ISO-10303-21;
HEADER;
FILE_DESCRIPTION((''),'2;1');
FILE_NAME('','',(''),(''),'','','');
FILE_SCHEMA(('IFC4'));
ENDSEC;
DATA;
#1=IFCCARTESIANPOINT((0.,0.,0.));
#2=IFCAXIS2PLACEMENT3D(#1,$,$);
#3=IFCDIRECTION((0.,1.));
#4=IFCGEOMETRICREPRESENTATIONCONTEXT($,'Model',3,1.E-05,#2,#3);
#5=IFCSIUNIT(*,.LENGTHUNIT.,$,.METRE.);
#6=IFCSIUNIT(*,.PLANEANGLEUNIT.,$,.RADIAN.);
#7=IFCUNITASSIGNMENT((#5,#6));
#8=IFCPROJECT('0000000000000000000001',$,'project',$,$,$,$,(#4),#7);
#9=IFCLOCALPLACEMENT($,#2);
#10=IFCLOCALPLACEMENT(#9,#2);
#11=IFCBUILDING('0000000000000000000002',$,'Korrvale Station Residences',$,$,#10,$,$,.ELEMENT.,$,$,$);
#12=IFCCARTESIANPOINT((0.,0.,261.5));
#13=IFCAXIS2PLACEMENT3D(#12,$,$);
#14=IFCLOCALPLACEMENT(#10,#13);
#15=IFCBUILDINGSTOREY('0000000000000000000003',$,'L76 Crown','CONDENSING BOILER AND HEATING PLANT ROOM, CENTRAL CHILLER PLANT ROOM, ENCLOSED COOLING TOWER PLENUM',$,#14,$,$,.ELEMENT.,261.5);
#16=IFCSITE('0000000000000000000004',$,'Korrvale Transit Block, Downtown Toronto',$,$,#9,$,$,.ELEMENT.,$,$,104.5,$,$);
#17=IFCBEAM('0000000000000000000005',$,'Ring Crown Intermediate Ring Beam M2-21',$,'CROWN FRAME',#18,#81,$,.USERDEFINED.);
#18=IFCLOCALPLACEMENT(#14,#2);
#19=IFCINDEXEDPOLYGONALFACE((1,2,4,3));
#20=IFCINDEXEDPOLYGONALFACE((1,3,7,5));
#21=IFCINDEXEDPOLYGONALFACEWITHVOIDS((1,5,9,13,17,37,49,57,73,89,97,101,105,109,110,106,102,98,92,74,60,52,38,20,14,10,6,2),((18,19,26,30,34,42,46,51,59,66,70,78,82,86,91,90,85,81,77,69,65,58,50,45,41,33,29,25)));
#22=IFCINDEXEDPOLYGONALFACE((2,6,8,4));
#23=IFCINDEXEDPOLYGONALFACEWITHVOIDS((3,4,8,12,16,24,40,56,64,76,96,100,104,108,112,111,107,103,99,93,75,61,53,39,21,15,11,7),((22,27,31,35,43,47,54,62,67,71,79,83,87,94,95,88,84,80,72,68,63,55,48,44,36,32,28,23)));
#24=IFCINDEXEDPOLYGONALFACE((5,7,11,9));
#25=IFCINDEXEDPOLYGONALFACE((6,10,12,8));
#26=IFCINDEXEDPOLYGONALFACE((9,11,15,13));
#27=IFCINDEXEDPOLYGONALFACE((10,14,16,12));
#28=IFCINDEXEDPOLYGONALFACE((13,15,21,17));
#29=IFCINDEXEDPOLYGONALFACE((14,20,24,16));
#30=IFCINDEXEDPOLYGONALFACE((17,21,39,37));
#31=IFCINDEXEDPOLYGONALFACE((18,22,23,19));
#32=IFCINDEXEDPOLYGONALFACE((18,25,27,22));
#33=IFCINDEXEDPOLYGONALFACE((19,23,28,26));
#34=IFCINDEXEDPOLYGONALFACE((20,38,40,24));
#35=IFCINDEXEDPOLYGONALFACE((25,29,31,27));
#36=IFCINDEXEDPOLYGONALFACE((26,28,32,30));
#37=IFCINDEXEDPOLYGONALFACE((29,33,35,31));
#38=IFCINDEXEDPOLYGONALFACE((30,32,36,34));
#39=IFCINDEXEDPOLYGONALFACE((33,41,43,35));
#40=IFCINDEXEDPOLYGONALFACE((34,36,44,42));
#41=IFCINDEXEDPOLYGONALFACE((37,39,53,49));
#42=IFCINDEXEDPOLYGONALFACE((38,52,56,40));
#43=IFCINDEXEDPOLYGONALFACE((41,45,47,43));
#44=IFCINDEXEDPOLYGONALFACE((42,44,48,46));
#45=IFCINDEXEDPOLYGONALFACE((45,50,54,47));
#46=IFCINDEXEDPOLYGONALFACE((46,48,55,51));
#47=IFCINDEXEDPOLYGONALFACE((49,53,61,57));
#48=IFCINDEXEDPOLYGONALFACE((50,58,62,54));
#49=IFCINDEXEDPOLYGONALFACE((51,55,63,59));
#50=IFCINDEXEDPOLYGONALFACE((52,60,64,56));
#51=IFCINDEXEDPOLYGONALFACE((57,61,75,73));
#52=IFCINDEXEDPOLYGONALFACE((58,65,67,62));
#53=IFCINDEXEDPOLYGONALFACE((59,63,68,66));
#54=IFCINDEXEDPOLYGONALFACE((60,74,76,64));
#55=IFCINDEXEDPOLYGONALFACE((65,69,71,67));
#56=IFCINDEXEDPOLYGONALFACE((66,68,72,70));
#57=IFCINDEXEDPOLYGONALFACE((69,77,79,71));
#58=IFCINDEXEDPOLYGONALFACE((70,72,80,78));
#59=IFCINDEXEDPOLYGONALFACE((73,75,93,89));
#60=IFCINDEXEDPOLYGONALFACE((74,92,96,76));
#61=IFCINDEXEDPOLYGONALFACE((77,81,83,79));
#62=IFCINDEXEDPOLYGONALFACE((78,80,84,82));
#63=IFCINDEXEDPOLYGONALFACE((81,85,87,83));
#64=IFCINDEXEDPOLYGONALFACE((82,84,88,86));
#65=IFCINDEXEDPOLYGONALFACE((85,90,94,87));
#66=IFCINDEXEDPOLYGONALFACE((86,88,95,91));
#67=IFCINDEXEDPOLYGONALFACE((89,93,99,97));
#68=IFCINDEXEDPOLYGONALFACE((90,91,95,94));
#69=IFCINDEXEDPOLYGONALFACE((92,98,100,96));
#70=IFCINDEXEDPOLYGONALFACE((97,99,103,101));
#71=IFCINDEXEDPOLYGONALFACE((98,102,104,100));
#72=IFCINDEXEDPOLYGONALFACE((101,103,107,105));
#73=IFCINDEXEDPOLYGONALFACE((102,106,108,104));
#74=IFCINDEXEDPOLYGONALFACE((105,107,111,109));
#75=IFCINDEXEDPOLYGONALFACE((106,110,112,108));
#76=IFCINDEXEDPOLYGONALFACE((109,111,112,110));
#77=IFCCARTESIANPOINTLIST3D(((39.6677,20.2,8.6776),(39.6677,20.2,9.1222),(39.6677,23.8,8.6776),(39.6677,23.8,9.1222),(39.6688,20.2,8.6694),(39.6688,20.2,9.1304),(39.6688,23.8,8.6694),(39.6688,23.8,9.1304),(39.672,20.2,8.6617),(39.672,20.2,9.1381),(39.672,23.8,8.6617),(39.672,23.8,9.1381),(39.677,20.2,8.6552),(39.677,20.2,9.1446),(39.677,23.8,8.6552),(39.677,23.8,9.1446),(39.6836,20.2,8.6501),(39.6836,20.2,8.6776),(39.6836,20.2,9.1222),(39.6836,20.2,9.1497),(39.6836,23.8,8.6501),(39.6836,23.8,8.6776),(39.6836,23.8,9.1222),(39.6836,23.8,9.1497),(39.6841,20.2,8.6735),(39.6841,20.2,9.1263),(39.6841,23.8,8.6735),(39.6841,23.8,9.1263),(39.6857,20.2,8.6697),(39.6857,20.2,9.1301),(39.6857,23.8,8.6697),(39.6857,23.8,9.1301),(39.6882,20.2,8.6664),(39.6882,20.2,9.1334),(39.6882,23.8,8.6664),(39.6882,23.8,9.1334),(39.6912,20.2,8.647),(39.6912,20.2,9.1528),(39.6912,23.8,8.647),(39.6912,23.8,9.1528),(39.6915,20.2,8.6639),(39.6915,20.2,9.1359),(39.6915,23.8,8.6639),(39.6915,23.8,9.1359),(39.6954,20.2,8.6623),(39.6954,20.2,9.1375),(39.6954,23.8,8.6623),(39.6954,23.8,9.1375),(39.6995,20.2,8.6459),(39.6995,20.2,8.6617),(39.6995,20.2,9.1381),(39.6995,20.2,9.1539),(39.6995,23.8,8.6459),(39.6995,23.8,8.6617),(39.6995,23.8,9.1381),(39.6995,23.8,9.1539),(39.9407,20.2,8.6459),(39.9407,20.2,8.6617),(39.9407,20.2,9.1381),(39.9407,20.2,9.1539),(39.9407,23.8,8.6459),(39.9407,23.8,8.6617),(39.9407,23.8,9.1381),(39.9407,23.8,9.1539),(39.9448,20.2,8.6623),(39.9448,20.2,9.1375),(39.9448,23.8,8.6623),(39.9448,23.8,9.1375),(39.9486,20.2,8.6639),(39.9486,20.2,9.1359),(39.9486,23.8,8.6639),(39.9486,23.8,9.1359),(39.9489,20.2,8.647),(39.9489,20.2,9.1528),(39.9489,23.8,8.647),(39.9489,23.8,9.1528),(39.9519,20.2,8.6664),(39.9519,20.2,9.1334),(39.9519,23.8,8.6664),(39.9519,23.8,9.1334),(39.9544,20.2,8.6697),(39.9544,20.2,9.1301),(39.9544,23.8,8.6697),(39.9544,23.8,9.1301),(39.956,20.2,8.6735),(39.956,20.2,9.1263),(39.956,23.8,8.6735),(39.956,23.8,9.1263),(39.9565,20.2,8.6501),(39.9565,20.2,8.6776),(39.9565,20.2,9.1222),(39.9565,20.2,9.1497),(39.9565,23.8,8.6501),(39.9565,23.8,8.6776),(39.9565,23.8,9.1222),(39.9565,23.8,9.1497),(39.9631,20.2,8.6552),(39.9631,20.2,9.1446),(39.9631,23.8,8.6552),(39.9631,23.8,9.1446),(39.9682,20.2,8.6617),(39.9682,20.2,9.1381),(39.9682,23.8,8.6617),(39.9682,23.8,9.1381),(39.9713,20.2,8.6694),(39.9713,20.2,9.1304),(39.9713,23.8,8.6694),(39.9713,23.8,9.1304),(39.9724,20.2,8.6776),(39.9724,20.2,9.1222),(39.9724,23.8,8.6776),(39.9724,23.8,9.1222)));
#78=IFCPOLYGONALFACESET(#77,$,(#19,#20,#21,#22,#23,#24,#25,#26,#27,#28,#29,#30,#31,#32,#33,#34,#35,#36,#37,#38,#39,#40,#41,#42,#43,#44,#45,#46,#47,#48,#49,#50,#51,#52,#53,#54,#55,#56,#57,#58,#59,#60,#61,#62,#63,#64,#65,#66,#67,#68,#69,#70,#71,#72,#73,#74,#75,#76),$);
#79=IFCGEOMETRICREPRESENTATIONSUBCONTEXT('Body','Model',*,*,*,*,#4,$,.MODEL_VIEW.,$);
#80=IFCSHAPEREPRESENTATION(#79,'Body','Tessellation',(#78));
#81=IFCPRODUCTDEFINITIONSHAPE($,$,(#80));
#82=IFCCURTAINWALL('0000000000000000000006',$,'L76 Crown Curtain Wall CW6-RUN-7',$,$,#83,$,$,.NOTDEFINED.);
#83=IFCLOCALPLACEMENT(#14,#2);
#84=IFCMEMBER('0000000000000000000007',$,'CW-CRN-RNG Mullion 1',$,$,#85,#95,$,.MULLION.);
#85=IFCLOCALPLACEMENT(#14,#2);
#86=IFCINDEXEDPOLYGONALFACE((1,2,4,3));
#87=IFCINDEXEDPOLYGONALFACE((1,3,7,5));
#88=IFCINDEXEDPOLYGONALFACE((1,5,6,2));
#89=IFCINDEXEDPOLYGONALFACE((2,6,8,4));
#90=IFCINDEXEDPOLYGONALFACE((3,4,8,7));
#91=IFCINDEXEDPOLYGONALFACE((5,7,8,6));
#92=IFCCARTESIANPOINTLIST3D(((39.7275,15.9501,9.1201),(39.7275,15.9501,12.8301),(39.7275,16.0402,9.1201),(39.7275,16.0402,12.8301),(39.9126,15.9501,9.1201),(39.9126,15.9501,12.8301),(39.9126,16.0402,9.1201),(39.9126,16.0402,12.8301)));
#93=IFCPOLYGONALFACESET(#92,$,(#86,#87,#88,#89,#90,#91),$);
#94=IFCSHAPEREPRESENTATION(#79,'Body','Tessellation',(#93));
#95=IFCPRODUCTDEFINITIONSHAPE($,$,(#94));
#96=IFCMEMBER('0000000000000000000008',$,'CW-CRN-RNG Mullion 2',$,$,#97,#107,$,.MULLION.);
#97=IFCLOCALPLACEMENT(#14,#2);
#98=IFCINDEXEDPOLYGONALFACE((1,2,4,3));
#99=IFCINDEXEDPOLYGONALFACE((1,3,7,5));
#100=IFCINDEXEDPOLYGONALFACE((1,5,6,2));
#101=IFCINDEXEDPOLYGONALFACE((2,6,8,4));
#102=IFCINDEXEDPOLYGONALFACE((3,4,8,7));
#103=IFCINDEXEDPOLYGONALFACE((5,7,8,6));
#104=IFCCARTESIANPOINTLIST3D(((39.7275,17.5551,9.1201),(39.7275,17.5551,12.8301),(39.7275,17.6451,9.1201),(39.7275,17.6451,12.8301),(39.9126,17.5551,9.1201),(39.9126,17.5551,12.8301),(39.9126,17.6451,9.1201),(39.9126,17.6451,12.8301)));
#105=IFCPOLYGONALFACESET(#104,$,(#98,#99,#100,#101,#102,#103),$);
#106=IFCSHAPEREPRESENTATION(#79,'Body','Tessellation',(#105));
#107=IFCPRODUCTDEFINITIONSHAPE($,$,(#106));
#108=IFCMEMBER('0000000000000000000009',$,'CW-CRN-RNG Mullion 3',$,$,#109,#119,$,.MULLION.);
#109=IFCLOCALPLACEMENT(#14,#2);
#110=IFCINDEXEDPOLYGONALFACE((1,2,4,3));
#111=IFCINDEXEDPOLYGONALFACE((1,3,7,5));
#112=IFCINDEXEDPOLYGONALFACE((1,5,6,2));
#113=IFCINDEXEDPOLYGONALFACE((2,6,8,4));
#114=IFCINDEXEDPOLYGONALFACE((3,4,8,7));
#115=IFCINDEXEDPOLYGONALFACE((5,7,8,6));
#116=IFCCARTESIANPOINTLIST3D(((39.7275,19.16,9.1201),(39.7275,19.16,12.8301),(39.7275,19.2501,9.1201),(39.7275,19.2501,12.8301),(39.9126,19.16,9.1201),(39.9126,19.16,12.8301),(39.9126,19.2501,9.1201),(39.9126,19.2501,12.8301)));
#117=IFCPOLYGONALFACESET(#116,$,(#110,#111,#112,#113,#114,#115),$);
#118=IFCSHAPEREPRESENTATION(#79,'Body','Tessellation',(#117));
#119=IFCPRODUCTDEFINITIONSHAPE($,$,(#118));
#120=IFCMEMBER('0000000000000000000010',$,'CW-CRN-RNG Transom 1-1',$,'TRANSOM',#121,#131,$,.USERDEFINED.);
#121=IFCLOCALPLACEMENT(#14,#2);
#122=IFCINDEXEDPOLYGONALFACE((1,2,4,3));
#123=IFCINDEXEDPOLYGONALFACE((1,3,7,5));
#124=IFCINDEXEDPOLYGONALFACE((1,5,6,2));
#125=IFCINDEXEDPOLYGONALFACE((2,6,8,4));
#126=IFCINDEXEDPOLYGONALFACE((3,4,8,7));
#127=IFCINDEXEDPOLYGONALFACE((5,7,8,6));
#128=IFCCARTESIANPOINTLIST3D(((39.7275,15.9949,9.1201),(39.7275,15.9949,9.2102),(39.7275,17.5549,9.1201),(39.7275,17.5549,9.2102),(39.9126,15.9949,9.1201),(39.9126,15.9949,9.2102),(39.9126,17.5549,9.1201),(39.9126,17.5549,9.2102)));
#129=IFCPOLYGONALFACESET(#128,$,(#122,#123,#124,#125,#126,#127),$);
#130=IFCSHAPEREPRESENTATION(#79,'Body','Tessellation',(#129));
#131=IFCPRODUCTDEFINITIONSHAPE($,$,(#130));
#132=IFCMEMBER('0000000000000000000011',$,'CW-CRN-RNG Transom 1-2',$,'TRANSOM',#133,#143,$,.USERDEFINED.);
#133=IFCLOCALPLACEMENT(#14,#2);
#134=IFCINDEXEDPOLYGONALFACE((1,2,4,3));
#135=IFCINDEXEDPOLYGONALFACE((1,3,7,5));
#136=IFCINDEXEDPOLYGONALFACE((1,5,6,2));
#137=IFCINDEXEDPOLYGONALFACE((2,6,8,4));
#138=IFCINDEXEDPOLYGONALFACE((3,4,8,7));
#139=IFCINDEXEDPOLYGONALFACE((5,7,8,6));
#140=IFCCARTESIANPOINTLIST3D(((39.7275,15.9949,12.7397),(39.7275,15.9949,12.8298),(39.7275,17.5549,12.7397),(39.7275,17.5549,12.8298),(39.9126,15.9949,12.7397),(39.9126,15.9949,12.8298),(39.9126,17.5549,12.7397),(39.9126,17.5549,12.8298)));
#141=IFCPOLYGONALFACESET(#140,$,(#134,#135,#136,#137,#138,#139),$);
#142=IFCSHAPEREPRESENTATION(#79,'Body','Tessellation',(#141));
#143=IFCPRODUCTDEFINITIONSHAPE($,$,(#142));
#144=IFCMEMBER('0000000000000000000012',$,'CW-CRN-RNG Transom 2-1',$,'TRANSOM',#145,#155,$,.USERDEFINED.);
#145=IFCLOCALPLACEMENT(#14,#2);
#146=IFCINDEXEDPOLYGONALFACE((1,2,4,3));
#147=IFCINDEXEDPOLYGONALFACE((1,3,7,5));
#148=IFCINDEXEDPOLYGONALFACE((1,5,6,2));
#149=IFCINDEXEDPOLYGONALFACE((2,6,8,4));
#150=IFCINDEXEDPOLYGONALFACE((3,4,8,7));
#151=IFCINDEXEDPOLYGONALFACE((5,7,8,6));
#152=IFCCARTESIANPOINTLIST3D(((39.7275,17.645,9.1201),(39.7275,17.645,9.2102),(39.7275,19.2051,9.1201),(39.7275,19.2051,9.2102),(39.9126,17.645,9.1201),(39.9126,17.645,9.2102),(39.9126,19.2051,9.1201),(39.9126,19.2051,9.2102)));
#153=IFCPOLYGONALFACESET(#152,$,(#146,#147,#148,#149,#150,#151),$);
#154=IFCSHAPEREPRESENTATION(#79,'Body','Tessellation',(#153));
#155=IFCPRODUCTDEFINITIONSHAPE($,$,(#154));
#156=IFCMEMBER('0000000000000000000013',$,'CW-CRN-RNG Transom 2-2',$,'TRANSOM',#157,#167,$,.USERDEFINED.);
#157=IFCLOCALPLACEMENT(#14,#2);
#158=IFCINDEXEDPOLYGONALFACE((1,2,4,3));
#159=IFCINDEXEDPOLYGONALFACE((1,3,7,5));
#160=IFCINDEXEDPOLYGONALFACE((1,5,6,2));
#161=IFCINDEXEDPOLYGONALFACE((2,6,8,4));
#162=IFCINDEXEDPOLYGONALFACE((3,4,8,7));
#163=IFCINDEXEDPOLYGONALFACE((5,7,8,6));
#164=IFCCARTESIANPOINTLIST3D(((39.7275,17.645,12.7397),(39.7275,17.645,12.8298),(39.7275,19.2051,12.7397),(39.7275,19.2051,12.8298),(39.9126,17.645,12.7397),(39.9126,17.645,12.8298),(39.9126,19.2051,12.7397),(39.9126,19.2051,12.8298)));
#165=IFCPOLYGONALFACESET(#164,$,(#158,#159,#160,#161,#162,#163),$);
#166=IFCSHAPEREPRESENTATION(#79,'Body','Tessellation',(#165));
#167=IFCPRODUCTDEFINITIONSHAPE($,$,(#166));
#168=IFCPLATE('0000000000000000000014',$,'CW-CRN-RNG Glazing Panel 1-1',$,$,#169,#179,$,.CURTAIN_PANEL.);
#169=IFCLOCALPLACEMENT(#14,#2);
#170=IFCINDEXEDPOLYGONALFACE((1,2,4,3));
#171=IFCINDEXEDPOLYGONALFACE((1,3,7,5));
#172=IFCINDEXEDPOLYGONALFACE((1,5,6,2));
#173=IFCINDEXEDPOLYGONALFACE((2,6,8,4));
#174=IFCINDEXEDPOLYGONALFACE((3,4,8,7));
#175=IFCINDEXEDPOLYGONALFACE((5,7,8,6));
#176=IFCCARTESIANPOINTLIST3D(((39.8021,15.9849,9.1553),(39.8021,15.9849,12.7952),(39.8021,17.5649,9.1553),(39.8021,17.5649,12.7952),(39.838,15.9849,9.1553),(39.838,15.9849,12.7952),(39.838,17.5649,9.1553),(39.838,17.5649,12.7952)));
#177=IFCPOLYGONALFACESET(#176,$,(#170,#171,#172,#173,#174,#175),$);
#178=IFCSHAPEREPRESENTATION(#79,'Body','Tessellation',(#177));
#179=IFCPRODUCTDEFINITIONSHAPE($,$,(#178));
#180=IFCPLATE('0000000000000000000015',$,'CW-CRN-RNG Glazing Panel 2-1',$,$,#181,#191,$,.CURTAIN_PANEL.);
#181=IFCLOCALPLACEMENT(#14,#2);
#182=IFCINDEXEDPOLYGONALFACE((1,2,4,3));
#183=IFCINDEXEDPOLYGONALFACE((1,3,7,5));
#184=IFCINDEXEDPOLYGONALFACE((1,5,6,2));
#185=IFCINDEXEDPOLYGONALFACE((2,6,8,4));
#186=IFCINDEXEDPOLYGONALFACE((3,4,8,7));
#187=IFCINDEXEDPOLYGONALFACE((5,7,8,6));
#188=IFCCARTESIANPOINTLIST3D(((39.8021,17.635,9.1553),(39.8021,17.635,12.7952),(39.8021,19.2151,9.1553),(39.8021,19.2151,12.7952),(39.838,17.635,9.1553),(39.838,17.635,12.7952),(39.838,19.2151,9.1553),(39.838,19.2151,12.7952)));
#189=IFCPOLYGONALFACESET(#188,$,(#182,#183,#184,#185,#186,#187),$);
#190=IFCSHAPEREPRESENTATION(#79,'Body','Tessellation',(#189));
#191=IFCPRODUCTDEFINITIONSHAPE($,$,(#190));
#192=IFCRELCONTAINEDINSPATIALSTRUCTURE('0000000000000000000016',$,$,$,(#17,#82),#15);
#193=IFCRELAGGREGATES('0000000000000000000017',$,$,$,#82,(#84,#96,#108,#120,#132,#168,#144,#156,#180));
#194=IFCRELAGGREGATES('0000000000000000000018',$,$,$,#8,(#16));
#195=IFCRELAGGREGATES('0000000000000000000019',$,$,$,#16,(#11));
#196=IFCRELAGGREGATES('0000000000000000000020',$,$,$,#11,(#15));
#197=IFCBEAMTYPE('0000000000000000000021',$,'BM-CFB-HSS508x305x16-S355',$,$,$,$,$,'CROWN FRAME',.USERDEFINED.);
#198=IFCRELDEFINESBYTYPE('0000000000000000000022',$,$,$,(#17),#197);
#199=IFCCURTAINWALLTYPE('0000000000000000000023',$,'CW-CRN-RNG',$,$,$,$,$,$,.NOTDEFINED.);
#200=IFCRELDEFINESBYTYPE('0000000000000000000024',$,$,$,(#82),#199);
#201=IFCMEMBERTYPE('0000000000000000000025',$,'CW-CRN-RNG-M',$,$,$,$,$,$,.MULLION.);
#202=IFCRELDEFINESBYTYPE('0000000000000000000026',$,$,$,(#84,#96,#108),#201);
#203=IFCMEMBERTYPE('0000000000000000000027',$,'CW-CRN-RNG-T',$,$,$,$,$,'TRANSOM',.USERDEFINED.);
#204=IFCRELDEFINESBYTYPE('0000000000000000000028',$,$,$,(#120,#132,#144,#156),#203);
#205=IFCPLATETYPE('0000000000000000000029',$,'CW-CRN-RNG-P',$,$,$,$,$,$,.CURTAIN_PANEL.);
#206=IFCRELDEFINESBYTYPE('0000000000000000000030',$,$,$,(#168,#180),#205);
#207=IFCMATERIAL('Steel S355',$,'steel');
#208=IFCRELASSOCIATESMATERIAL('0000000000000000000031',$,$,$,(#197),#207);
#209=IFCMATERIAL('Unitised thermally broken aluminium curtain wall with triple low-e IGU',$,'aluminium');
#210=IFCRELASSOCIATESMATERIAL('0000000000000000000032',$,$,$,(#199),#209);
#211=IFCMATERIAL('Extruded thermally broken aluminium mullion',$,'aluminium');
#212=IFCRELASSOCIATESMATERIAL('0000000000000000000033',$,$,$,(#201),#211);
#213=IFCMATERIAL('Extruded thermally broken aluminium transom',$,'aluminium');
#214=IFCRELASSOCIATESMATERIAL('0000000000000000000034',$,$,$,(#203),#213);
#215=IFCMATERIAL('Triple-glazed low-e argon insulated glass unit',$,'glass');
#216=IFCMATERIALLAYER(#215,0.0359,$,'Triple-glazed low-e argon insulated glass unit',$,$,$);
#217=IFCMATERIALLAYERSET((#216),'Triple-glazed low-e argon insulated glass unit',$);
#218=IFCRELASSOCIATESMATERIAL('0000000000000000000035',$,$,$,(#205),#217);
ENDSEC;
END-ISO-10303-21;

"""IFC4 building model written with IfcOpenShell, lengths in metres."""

from ifc_helpers import new_model, si_unit, direction, frame, origin, origin_2d, place, context, subcontext, project, spatial, rectangle, hollow_rectangle, extrude, material, layer, layer_set, material_profile, profile_set, type_object, element, aggregate, save


model = new_model("IFC4")

# Units and contexts
model_context = context("Model", 3, precision=1e-05, world=origin(), true_north=direction((0.0, 1.0)))
body_context = subcontext(model_context, "Body", "Model", "MODEL_VIEW")
ifc_project = project(units=[si_unit("LENGTHUNIT", "METRE"), si_unit("PLANEANGLEUNIT", "RADIAN")], contexts=[model_context])

# Site, building, storey
site_placement = place(None, origin())
site = spatial("IfcSite", under=ifc_project, at=site_placement, Name="Korrvale Transit Block, Downtown Toronto", CompositionType="ELEMENT", RefElevation=104.5)
building_placement = place(site_placement, origin())
building = spatial("IfcBuilding", under=site, at=building_placement, Name="Korrvale Station Residences", CompositionType="ELEMENT")
storey_placement = place(building_placement, frame((0.0, 0.0, 261.5)))
storey = spatial("IfcBuildingStorey", under=building, at=storey_placement, Name="L76 Crown", Description="CONDENSING BOILER AND HEATING PLANT ROOM, CENTRAL CHILLER PLANT ROOM, ENCLOSED COOLING TOWER PLENUM", CompositionType="ELEMENT", Elevation=261.5)

# Shared definitions
ifc_material_1 = material(Name="Steel S355", Category="steel")

# Beam
ifc_material_profile_1 = material_profile(ifc_material_1, hollow_rectangle(XDim=0.3047, YDim=0.5081, WallThickness=0.0159, InnerFilletRadius=0.0159, OuterFilletRadius=0.0317, at=origin_2d()), Name="HSS508x305x16")
ifc_profile_set_1 = profile_set([ifc_material_profile_1], Name="Steel S355")
beam_type = type_object("IfcBeamType", Name="BM-CFB-HSS508x305x16-S355", ElementType="CROWN FRAME", PredefinedType="USERDEFINED", material=ifc_profile_set_1)
for number, where, z_axis, x_axis, name in (
    (1, (39.8201, 20.2, 8.8999), (0.0, 1.0, 0.0), (-1.0, 0.0, 0.0), "Ring Crown Intermediate Ring Beam M2-21"),
):
    element("IfcBeam", number, at=place(storey_placement, frame(where, z_axis=z_axis, x_axis=x_axis)), inside=storey, type_object=beam_type, Name=name, ObjectType="CROWN FRAME", PredefinedType="USERDEFINED", context=body_context, shape_type="SweptSolid", body=[
        extrude(hollow_rectangle(XDim=0.3047, YDim=0.5081, WallThickness=0.0159, InnerFilletRadius=0.0159, OuterFilletRadius=0.0317, at=origin_2d()), origin(), (0.0, 0.0, 1.0), 3.6001),
    ])

# Curtain wall, members, plates
ifc_material_2 = material(Name="Unitised thermally broken aluminium curtain wall with triple low-e IGU", Category="aluminium")
curtain_wall_type = type_object("IfcCurtainWallType", Name="CW-CRN-RNG", PredefinedType="NOTDEFINED", material=ifc_material_2)
curtain_wall_placement = place(storey_placement, origin())
curtain_wall = element("IfcCurtainWall", 2, at=curtain_wall_placement, inside=storey, type_object=curtain_wall_type, Name="L76 Crown Curtain Wall CW6-RUN-7", PredefinedType="NOTDEFINED")
ifc_material_3 = material(Name="Extruded thermally broken aluminium mullion", Category="aluminium")
member_type_1 = type_object("IfcMemberType", Name="CW-CRN-RNG-M", PredefinedType="MULLION", material=ifc_material_3)
member_1_placement = place(storey_placement, frame((39.8201, 15.9951, 9.1201), z_axis=(0.0, 0.0, 1.0), x_axis=(0.0, 1.0, 0.0)))
member_1 = element("IfcMember", 3, at=member_1_placement, type_object=member_type_1, Name="CW-CRN-RNG Mullion 1", PredefinedType="MULLION", context=body_context, shape_type="SweptSolid", body=[
    extrude(rectangle(XDim=0.0901, YDim=0.1851, at=origin_2d()), origin(), (0.0, 0.0, 1.0), 3.71),
])
member_2_placement = place(storey_placement, frame((39.8201, 17.6001, 9.1201), z_axis=(0.0, 0.0, 1.0), x_axis=(0.0, 1.0, 0.0)))
member_2 = element("IfcMember", 4, at=member_2_placement, type_object=member_type_1, Name="CW-CRN-RNG Mullion 2", PredefinedType="MULLION", context=body_context, shape_type="SweptSolid", body=[
    extrude(rectangle(XDim=0.0901, YDim=0.1851, at=origin_2d()), origin(), (0.0, 0.0, 1.0), 3.71),
])
member_3_placement = place(storey_placement, frame((39.8201, 19.2051, 9.1201), z_axis=(0.0, 0.0, 1.0), x_axis=(0.0, 1.0, 0.0)))
member_3 = element("IfcMember", 5, at=member_3_placement, type_object=member_type_1, Name="CW-CRN-RNG Mullion 3", PredefinedType="MULLION", context=body_context, shape_type="SweptSolid", body=[
    extrude(rectangle(XDim=0.0901, YDim=0.1851, at=origin_2d()), origin(), (0.0, 0.0, 1.0), 3.71),
])
ifc_material_4 = material(Name="Extruded thermally broken aluminium transom", Category="aluminium")
member_type_2 = type_object("IfcMemberType", Name="CW-CRN-RNG-T", ElementType="TRANSOM", PredefinedType="USERDEFINED", material=ifc_material_4)
member_4_placement = place(storey_placement, frame((39.8201, 16.7749, 9.1201), z_axis=(0.0, 0.0, 1.0), x_axis=(0.0, 1.0, 0.0)))
member_4 = element("IfcMember", 6, at=member_4_placement, type_object=member_type_2, Name="CW-CRN-RNG Transom 1-1", ObjectType="TRANSOM", PredefinedType="USERDEFINED", context=body_context, shape_type="SweptSolid", body=[
    extrude(rectangle(XDim=1.5601, YDim=0.1851, at=origin_2d()), origin(), (0.0, 0.0, 1.0), 0.0901),
])
member_5_placement = place(storey_placement, frame((39.8201, 16.7749, 12.7397), z_axis=(0.0, 0.0, 1.0), x_axis=(0.0, 1.0, 0.0)))
member_5 = element("IfcMember", 7, at=member_5_placement, type_object=member_type_2, Name="CW-CRN-RNG Transom 1-2", ObjectType="TRANSOM", PredefinedType="USERDEFINED", context=body_context, shape_type="SweptSolid", body=[
    extrude(rectangle(XDim=1.5601, YDim=0.1851, at=origin_2d()), origin(), (0.0, 0.0, 1.0), 0.0901),
])
member_6_placement = place(storey_placement, frame((39.8201, 18.425, 9.1201), z_axis=(0.0, 0.0, 1.0), x_axis=(0.0, 1.0, 0.0)))
member_6 = element("IfcMember", 8, at=member_6_placement, type_object=member_type_2, Name="CW-CRN-RNG Transom 2-1", ObjectType="TRANSOM", PredefinedType="USERDEFINED", context=body_context, shape_type="SweptSolid", body=[
    extrude(rectangle(XDim=1.5601, YDim=0.1851, at=origin_2d()), origin(), (0.0, 0.0, 1.0), 0.0901),
])
member_7_placement = place(storey_placement, frame((39.8201, 18.425, 12.7397), z_axis=(0.0, 0.0, 1.0), x_axis=(0.0, 1.0, 0.0)))
member_7 = element("IfcMember", 9, at=member_7_placement, type_object=member_type_2, Name="CW-CRN-RNG Transom 2-2", ObjectType="TRANSOM", PredefinedType="USERDEFINED", context=body_context, shape_type="SweptSolid", body=[
    extrude(rectangle(XDim=1.5601, YDim=0.1851, at=origin_2d()), origin(), (0.0, 0.0, 1.0), 0.0901),
])
ifc_material_5 = material(Name="Triple-glazed low-e argon insulated glass unit", Category="glass")
ifc_layer_1 = layer(ifc_material_5, 0.0359, Name="Triple-glazed low-e argon insulated glass unit")
ifc_layer_set_1 = layer_set([ifc_layer_1], Name="Triple-glazed low-e argon insulated glass unit")
plate_type_1 = type_object("IfcPlateType", Name="CW-CRN-RNG-P", PredefinedType="CURTAIN_PANEL", material=ifc_layer_set_1)
plate_1_placement = place(storey_placement, frame((39.8201, 16.7749, 9.1553), z_axis=(0.0, 0.0, 1.0), x_axis=(0.0, 1.0, 0.0)))
plate_1 = element("IfcPlate", 10, at=plate_1_placement, type_object=plate_type_1, Name="CW-CRN-RNG Glazing Panel 1-1", PredefinedType="CURTAIN_PANEL", context=body_context, shape_type="SweptSolid", body=[
    extrude(rectangle(XDim=1.5801, YDim=0.0359, at=origin_2d()), origin(), (0.0, 0.0, 1.0), 3.6399),
])
plate_2_placement = place(storey_placement, frame((39.8201, 18.425, 9.1553), z_axis=(0.0, 0.0, 1.0), x_axis=(0.0, 1.0, 0.0)))
plate_2 = element("IfcPlate", 11, at=plate_2_placement, type_object=plate_type_1, Name="CW-CRN-RNG Glazing Panel 2-1", PredefinedType="CURTAIN_PANEL", context=body_context, shape_type="SweptSolid", body=[
    extrude(rectangle(XDim=1.5801, YDim=0.0359, at=origin_2d()), origin(), (0.0, 0.0, 1.0), 3.6399),
])
aggregate(curtain_wall, [member_1, member_2, member_3, member_4, member_5, plate_1, member_6, member_7, plate_2])

save(model, "model.ifc")
